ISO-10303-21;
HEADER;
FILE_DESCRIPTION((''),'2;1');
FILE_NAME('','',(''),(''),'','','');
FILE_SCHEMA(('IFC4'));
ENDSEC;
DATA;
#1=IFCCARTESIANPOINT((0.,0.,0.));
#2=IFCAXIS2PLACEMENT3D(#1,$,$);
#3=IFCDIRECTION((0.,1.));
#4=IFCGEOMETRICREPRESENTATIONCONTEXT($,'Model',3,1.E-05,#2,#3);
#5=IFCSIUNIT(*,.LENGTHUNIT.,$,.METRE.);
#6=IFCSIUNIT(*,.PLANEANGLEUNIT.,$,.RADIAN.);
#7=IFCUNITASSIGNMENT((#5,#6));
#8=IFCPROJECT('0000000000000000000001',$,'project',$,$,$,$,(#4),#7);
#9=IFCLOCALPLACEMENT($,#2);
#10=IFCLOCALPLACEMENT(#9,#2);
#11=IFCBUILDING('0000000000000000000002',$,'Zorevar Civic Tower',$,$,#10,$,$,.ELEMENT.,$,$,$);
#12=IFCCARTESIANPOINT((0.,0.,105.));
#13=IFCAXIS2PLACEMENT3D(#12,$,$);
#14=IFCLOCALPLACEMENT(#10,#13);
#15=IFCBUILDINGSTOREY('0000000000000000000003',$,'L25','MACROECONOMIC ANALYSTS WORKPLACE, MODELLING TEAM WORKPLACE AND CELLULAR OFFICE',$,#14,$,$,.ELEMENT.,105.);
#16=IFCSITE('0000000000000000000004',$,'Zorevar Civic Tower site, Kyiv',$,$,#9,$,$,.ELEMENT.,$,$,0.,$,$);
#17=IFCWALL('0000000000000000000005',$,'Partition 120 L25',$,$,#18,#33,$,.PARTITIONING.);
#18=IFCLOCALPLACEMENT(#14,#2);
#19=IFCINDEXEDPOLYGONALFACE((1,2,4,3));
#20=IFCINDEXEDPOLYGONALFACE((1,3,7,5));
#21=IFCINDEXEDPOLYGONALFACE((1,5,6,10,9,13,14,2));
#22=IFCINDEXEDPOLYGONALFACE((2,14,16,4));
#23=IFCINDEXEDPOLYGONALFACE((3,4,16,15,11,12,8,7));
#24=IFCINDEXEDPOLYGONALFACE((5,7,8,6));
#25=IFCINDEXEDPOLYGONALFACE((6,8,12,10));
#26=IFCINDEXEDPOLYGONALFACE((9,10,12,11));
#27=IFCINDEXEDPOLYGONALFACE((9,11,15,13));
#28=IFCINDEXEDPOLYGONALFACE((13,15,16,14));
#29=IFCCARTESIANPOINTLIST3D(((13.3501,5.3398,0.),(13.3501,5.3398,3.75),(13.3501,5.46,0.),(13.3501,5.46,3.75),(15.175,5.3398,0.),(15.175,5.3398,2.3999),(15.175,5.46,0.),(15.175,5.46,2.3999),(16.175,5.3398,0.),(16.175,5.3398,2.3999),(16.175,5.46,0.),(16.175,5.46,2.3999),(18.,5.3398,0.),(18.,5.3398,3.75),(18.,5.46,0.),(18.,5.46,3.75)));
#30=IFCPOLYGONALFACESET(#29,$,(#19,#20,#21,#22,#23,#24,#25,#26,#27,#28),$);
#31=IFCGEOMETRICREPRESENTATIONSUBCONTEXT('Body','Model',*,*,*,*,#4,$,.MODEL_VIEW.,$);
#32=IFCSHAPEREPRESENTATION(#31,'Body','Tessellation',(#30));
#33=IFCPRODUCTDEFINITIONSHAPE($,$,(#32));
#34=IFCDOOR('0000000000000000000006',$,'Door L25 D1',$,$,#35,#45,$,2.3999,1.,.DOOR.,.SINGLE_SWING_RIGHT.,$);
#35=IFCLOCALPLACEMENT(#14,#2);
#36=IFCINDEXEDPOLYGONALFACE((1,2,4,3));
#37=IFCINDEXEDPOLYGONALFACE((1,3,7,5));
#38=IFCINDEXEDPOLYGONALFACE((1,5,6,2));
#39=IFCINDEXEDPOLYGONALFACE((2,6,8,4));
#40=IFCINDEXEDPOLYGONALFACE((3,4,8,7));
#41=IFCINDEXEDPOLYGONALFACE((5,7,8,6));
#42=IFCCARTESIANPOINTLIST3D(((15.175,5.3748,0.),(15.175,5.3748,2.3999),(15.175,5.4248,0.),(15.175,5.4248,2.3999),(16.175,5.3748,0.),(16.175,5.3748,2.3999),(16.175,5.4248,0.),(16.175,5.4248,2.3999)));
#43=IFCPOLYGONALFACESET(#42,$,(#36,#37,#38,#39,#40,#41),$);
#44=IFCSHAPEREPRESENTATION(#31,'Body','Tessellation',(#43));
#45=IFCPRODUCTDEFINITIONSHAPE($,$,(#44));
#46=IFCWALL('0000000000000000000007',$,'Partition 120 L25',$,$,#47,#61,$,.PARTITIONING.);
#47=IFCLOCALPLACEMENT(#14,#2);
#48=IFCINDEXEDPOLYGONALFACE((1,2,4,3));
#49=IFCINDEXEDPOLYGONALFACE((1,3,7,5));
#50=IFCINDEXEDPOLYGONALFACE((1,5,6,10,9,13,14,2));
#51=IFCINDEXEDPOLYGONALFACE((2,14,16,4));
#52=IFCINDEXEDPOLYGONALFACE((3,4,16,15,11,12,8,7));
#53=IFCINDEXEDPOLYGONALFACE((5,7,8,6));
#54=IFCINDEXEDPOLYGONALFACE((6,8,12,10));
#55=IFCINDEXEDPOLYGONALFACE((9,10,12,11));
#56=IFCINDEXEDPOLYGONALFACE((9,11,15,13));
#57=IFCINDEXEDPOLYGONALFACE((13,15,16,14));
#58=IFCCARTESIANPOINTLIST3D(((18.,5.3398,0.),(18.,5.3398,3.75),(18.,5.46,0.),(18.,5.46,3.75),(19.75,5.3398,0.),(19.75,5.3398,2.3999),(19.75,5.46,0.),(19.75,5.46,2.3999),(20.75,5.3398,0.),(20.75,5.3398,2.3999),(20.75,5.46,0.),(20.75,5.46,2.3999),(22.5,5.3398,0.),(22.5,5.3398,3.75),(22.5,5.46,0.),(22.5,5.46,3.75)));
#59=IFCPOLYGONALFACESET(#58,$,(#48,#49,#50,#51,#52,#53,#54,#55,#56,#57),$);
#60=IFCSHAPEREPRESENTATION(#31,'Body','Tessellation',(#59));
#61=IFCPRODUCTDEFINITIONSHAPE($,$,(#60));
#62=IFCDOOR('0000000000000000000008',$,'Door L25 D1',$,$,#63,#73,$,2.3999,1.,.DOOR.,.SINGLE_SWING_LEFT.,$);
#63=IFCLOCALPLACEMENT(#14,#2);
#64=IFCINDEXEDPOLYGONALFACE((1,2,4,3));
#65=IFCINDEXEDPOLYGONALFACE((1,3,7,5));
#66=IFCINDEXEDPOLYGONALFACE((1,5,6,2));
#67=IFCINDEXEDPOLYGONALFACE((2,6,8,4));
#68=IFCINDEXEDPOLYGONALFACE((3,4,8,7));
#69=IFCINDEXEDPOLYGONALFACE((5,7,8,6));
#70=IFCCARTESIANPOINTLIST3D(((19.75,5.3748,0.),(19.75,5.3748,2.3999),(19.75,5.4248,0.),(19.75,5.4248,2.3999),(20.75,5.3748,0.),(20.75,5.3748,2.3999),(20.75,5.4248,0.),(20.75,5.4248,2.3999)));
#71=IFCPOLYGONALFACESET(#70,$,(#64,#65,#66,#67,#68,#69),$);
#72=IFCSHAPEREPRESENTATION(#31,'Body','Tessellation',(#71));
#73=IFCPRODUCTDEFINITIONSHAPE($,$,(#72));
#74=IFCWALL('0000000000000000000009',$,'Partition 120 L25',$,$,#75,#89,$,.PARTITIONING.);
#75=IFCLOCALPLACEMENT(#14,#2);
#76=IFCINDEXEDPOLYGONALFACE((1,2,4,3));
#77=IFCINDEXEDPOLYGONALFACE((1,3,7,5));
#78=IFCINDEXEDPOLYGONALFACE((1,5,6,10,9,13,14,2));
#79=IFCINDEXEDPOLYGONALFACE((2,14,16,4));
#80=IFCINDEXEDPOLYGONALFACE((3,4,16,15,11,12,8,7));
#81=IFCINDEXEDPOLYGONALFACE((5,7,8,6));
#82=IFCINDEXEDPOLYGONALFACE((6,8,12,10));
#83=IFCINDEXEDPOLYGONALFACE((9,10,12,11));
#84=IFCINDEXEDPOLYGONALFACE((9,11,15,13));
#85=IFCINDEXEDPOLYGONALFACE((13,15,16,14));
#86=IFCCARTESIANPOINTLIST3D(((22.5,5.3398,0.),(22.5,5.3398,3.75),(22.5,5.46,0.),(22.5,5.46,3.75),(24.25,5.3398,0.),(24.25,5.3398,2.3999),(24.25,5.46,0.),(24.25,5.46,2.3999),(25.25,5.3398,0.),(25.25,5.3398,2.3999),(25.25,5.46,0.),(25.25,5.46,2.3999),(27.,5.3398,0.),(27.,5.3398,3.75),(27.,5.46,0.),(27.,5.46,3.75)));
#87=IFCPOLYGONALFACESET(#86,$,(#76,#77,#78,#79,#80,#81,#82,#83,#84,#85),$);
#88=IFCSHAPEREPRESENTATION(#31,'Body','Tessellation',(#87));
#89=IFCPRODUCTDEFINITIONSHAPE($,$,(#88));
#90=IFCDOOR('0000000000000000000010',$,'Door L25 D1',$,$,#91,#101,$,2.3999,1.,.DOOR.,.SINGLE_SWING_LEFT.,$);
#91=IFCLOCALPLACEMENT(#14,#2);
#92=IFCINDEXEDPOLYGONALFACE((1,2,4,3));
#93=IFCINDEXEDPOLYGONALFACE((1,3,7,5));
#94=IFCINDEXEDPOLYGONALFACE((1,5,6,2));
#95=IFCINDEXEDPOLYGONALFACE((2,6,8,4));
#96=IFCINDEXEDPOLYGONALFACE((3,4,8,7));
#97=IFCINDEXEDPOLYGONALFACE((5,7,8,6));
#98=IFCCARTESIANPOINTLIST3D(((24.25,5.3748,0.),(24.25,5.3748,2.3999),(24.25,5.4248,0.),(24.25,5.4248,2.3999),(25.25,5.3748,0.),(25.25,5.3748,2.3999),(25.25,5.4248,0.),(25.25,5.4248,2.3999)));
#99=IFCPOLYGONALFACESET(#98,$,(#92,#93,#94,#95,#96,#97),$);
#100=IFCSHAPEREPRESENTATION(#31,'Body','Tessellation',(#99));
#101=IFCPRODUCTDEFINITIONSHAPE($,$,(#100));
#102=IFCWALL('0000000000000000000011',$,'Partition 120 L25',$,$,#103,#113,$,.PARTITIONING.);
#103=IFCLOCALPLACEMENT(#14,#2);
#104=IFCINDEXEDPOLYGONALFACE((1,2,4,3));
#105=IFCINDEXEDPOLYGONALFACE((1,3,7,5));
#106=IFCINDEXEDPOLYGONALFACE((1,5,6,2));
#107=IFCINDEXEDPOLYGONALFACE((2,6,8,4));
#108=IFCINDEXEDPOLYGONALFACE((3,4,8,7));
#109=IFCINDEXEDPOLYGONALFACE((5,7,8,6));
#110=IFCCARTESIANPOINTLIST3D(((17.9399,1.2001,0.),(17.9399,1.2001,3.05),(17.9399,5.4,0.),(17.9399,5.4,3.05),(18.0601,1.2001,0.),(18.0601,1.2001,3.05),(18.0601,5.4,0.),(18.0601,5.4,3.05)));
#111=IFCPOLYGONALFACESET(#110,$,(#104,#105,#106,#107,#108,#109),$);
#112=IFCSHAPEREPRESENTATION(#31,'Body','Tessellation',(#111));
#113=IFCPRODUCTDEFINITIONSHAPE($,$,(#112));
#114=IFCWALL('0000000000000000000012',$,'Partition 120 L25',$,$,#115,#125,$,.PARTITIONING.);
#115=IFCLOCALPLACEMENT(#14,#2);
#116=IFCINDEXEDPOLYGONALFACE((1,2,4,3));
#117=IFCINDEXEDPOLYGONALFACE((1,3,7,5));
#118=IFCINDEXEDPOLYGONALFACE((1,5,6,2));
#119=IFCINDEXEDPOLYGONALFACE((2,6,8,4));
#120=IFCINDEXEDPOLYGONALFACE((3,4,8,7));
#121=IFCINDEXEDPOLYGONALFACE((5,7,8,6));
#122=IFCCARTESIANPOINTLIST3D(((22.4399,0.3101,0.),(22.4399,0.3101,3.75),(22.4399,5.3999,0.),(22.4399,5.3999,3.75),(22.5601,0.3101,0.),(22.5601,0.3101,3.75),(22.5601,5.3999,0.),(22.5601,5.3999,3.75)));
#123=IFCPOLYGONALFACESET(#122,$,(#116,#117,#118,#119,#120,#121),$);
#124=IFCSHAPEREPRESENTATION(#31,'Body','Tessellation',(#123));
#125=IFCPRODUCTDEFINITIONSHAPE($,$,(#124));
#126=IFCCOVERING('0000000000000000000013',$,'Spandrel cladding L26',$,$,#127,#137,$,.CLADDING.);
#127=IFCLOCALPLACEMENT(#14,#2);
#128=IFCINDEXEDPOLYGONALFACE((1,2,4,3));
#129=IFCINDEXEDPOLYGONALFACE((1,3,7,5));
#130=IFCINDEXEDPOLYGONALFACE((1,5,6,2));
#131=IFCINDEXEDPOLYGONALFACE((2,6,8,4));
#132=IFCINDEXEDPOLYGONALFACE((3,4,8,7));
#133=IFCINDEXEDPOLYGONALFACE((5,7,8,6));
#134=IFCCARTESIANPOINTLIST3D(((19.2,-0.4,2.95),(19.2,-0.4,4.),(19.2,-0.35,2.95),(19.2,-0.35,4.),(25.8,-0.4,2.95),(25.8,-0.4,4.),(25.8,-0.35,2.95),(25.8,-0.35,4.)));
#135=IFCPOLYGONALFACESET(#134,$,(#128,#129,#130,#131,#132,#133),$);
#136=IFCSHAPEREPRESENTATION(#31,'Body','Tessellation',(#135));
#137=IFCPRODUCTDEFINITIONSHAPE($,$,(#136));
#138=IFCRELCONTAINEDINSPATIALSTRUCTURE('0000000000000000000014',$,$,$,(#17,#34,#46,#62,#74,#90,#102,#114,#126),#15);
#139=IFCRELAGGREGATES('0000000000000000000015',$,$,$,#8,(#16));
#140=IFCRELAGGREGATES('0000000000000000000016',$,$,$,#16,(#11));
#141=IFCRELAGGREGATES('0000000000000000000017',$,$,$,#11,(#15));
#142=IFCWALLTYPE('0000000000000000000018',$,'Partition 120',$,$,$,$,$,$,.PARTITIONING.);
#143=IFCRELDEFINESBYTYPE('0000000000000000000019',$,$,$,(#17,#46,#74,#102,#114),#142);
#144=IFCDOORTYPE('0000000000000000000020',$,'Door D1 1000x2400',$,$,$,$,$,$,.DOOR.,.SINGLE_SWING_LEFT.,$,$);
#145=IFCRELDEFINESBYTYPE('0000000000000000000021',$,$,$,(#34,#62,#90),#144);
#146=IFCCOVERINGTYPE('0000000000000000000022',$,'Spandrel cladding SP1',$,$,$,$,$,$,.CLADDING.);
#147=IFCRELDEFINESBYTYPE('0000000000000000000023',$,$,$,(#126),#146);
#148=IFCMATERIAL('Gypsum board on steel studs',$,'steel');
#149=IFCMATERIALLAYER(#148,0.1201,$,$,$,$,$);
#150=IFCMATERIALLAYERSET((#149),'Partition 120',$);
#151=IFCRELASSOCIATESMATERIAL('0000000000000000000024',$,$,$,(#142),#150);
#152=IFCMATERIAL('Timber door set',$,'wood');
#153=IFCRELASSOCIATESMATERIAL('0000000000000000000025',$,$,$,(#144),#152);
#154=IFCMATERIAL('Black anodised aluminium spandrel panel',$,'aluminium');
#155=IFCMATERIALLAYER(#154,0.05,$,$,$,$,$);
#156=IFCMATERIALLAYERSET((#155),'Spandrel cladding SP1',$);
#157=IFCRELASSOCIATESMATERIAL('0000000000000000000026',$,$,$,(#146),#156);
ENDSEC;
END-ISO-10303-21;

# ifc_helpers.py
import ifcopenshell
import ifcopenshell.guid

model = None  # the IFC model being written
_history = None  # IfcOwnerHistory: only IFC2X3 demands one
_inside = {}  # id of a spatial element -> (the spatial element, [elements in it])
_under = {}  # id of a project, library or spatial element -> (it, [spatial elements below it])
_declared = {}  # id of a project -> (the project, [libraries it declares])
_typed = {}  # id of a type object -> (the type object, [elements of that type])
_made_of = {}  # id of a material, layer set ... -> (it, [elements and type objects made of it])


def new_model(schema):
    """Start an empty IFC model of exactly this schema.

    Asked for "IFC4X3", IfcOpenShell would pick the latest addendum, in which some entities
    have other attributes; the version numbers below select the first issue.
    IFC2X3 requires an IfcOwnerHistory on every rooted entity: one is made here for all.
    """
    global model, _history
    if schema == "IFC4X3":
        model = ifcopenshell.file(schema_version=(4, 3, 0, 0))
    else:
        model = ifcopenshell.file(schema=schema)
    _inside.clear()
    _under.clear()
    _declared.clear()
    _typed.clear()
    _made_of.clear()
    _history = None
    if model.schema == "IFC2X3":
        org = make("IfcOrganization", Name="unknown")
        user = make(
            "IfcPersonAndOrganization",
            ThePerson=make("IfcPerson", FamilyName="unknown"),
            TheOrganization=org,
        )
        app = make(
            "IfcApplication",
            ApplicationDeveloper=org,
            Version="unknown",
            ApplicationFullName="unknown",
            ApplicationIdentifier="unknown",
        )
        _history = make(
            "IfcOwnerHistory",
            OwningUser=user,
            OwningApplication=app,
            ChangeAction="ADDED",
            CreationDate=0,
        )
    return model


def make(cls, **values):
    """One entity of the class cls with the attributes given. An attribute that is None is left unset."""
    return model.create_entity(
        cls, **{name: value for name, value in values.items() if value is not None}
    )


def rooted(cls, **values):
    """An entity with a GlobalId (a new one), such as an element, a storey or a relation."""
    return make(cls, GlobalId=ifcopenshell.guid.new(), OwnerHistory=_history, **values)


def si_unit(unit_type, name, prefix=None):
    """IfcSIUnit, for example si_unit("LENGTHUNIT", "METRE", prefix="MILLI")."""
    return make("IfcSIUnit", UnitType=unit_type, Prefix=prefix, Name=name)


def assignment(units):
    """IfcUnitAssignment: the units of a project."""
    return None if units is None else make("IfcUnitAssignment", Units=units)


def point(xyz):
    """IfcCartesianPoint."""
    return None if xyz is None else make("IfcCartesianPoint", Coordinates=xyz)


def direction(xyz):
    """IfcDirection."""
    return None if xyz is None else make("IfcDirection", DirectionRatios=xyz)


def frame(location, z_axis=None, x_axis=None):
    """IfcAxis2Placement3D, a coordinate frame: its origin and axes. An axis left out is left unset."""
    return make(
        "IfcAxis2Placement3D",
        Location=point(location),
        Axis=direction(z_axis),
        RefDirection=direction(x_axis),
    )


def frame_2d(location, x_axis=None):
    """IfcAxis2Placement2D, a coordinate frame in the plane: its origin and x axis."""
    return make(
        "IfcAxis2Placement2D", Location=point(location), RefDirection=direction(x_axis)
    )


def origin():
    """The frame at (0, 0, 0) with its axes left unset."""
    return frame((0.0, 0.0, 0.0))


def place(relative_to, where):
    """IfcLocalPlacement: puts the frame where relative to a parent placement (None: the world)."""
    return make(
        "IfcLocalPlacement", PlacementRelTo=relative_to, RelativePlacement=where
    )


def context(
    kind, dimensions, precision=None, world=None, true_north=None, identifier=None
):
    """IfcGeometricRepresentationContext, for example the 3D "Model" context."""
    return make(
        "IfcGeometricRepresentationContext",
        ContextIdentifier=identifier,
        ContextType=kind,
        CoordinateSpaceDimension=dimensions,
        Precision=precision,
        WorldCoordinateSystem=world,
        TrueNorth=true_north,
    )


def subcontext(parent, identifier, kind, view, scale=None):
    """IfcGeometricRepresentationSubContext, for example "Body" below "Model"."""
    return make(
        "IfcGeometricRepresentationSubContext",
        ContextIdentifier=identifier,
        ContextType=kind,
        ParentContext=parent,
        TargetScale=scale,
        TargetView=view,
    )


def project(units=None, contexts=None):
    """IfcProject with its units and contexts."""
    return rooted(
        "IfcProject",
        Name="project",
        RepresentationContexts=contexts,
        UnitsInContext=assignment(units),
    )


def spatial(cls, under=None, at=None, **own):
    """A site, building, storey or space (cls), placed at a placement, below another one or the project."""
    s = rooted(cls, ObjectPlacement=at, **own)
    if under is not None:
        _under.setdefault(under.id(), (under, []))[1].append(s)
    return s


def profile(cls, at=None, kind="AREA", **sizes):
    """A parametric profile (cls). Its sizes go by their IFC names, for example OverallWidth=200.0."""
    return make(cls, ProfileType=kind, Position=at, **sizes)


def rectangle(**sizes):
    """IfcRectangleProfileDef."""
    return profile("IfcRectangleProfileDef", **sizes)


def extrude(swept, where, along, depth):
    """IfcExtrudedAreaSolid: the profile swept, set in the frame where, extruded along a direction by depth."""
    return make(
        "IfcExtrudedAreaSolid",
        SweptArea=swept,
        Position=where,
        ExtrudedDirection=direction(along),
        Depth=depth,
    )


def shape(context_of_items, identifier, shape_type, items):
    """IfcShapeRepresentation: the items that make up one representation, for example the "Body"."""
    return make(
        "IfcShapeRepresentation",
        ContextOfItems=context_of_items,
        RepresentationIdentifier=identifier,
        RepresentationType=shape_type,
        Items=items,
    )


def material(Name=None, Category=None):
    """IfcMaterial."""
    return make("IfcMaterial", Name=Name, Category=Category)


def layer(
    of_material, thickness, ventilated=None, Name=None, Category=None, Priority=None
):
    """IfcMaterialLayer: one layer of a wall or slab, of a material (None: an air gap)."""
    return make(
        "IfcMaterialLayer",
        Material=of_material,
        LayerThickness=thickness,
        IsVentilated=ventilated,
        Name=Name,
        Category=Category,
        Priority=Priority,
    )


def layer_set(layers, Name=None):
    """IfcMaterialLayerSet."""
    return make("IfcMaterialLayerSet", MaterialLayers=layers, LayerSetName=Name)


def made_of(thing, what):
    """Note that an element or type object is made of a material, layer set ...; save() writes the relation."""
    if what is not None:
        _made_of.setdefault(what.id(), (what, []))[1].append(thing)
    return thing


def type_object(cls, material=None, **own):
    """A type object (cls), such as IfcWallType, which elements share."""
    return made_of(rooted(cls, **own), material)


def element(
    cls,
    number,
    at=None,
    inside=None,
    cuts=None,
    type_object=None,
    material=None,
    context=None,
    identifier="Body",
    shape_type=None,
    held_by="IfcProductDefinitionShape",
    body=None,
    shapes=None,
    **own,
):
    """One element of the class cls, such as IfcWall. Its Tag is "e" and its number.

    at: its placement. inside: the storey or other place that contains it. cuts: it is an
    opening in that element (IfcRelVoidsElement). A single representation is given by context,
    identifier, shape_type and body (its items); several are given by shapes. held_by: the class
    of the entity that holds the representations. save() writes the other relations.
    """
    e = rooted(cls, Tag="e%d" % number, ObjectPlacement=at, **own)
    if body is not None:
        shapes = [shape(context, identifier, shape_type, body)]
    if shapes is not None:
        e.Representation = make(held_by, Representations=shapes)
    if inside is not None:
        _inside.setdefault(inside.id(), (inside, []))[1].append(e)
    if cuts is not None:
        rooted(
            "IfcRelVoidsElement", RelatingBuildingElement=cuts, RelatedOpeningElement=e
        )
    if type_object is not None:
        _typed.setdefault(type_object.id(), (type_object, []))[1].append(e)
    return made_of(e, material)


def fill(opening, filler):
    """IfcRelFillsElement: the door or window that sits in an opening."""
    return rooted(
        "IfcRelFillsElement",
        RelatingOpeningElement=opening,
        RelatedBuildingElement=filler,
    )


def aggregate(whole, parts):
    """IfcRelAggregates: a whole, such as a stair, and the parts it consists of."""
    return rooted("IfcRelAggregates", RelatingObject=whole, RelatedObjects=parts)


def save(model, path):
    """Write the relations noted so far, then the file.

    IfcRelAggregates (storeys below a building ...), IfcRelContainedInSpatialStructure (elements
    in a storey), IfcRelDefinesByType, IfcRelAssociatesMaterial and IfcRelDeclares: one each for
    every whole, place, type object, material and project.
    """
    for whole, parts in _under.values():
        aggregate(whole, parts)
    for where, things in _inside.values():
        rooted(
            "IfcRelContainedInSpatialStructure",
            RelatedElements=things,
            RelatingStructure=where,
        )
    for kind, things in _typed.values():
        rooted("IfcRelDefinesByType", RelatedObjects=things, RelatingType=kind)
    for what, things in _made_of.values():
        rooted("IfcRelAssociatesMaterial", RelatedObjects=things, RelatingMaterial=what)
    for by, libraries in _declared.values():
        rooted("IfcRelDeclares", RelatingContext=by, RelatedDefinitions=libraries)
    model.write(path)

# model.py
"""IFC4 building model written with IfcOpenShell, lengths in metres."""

from ifc_helpers import new_model, si_unit, direction, frame, frame_2d, origin, place, context, subcontext, project, spatial, rectangle, extrude, material, layer, layer_set, type_object, element, fill, save


model = new_model("IFC4")

# Units and contexts
model_context = context("Model", 3, precision=1e-05, world=origin(), true_north=direction((0.0, 1.0)))
body_context = subcontext(model_context, "Body", "Model", "MODEL_VIEW")
ifc_project = project(units=[si_unit("LENGTHUNIT", "METRE"), si_unit("PLANEANGLEUNIT", "RADIAN")], contexts=[model_context])

# Site, building, storey
site_placement = place(None, origin())
site = spatial("IfcSite", under=ifc_project, at=site_placement, Name="Zorevar Civic Tower site, Kyiv", CompositionType="ELEMENT", RefElevation=0.0)
building_placement = place(site_placement, origin())
building = spatial("IfcBuilding", under=site, at=building_placement, Name="Zorevar Civic Tower", CompositionType="ELEMENT")
storey_placement = place(building_placement, frame((0.0, 0.0, 105.0)))
storey = spatial("IfcBuildingStorey", under=building, at=storey_placement, Name="L25", Description="MACROECONOMIC ANALYSTS WORKPLACE, MODELLING TEAM WORKPLACE AND CELLULAR OFFICE", CompositionType="ELEMENT", Elevation=105.0)

# Walls, openings, doors
ifc_material_1 = material(Name="Gypsum board on steel studs", Category="steel")
ifc_layer_1 = layer(ifc_material_1, 0.1201)
ifc_layer_set_1 = layer_set([ifc_layer_1], Name="Partition 120")
wall_type_1 = type_object("IfcWallType", Name="Partition 120", PredefinedType="PARTITIONING", material=ifc_layer_set_1)
wall_1_placement = place(storey_placement, frame((13.3501, 5.3999, 0.0), z_axis=(0.0, 0.0, 1.0), x_axis=(1.0, 0.0, 0.0)))
wall_1 = element("IfcWall", 1, at=wall_1_placement, inside=storey, type_object=wall_type_1, Name="Partition 120 L25", PredefinedType="PARTITIONING", context=body_context, shape_type="SweptSolid", body=[
    extrude(rectangle(XDim=4.6499, YDim=0.1201, at=frame_2d((2.325, 0.0))), origin(), (0.0, 0.0, 1.0), 3.75),
])
opening_1_placement = place(wall_1_placement, frame((1.825, 0.0, 0.0)))
opening_1 = element("IfcOpeningElement", 2, at=opening_1_placement, cuts=wall_1, PredefinedType="OPENING", context=body_context, shape_type="SweptSolid", body=[
    extrude(rectangle(XDim=1.0, YDim=2.3999, at=frame_2d((0.5, 1.2))), frame((0.0, 0.0701, 0.0), z_axis=(0.0, -1.0, 0.0), x_axis=(1.0, 0.0, 0.0)), (0.0, 0.0, 1.0), 0.1401),
])
ifc_material_2 = material(Name="Timber door set", Category="wood")
door_type_1 = type_object("IfcDoorType", Name="Door D1 1000x2400", OperationType="SINGLE_SWING_LEFT", PredefinedType="DOOR", material=ifc_material_2)
door_1_placement = place(opening_1_placement, origin())
door_1 = element("IfcDoor", 3, at=door_1_placement, inside=storey, type_object=door_type_1, Name="Door L25 D1", OperationType="SINGLE_SWING_RIGHT", OverallHeight=2.3999, OverallWidth=1.0, PredefinedType="DOOR", context=body_context, shape_type="SweptSolid", body=[
    extrude(rectangle(XDim=1.0, YDim=2.3999, at=frame_2d((0.5, 1.2))), frame((0.0, 0.0249, 0.0), z_axis=(0.0, -1.0, 0.0), x_axis=(1.0, 0.0, 0.0)), (0.0, 0.0, 1.0), 0.05),
])
fill(opening_1, door_1)
wall_2_placement = place(storey_placement, frame((18.0, 5.3999, 0.0), z_axis=(0.0, 0.0, 1.0), x_axis=(1.0, 0.0, 0.0)))
wall_2 = element("IfcWall", 4, at=wall_2_placement, inside=storey, type_object=wall_type_1, Name="Partition 120 L25", PredefinedType="PARTITIONING", context=body_context, shape_type="SweptSolid", body=[
    extrude(rectangle(XDim=4.5, YDim=0.1201, at=frame_2d((2.25, 0.0))), origin(), (0.0, 0.0, 1.0), 3.75),
])
opening_2_placement = place(wall_2_placement, frame((1.75, 0.0, 0.0)))
opening_2 = element("IfcOpeningElement", 5, at=opening_2_placement, cuts=wall_2, PredefinedType="OPENING", context=body_context, shape_type="SweptSolid", body=[
    extrude(rectangle(XDim=1.0, YDim=2.3999, at=frame_2d((0.5, 1.2))), frame((0.0, 0.0701, 0.0), z_axis=(0.0, -1.0, 0.0), x_axis=(1.0, 0.0, 0.0)), (0.0, 0.0, 1.0), 0.1401),
])
door_2_placement = place(opening_2_placement, origin())
door_2 = element("IfcDoor", 6, at=door_2_placement, inside=storey, type_object=door_type_1, Name="Door L25 D1", OperationType="SINGLE_SWING_LEFT", OverallHeight=2.3999, OverallWidth=1.0, PredefinedType="DOOR", context=body_context, shape_type="SweptSolid", body=[
    extrude(rectangle(XDim=1.0, YDim=2.3999, at=frame_2d((0.5, 1.2))), frame((0.0, 0.0249, 0.0), z_axis=(0.0, -1.0, 0.0), x_axis=(1.0, 0.0, 0.0)), (0.0, 0.0, 1.0), 0.05),
])
fill(opening_2, door_2)
wall_3_placement = place(storey_placement, frame((22.5, 5.3999, 0.0), z_axis=(0.0, 0.0, 1.0), x_axis=(1.0, 0.0, 0.0)))
wall_3 = element("IfcWall", 7, at=wall_3_placement, inside=storey, type_object=wall_type_1, Name="Partition 120 L25", PredefinedType="PARTITIONING", context=body_context, shape_type="SweptSolid", body=[
    extrude(rectangle(XDim=4.5, YDim=0.1201, at=frame_2d((2.25, 0.0))), origin(), (0.0, 0.0, 1.0), 3.75),
])
opening_3_placement = place(wall_3_placement, frame((1.75, 0.0, 0.0)))
opening_3 = element("IfcOpeningElement", 8, at=opening_3_placement, cuts=wall_3, PredefinedType="OPENING", context=body_context, shape_type="SweptSolid", body=[
    extrude(rectangle(XDim=1.0, YDim=2.3999, at=frame_2d((0.5, 1.2))), frame((0.0, 0.0701, 0.0), z_axis=(0.0, -1.0, 0.0), x_axis=(1.0, 0.0, 0.0)), (0.0, 0.0, 1.0), 0.1401),
])
door_3_placement = place(opening_3_placement, origin())
door_3 = element("IfcDoor", 9, at=door_3_placement, inside=storey, type_object=door_type_1, Name="Door L25 D1", OperationType="SINGLE_SWING_LEFT", OverallHeight=2.3999, OverallWidth=1.0, PredefinedType="DOOR", context=body_context, shape_type="SweptSolid", body=[
    extrude(rectangle(XDim=1.0, YDim=2.3999, at=frame_2d((0.5, 1.2))), frame((0.0, 0.0249, 0.0), z_axis=(0.0, -1.0, 0.0), x_axis=(1.0, 0.0, 0.0)), (0.0, 0.0, 1.0), 0.05),
])
fill(opening_3, door_3)

# Walls
wall_4_placement = place(storey_placement, frame((18.0, 1.2, 0.0), z_axis=(0.0, 0.0, 1.0), x_axis=(0.0, 1.0, 0.0)))
element("IfcWall", 10, at=wall_4_placement, inside=storey, type_object=wall_type_1, Name="Partition 120 L25", PredefinedType="PARTITIONING", context=body_context, shape_type="SweptSolid", body=[
    extrude(rectangle(XDim=4.2, YDim=0.1201, at=frame_2d((2.1001, 0.0))), origin(), (0.0, 0.0, 1.0), 3.05),
])
wall_5_placement = place(storey_placement, frame((22.5, 0.3101, 0.0), z_axis=(0.0, 0.0, 1.0), x_axis=(0.0, 1.0, 0.0)))
element("IfcWall", 11, at=wall_5_placement, inside=storey, type_object=wall_type_1, Name="Partition 120 L25", PredefinedType="PARTITIONING", context=body_context, shape_type="SweptSolid", body=[
    extrude(rectangle(XDim=5.0898, YDim=0.1201, at=frame_2d((2.5449, 0.0))), origin(), (0.0, 0.0, 1.0), 3.75),
])

# Covering
ifc_material_3 = material(Name="Black anodised aluminium spandrel panel", Category="aluminium")
ifc_layer_2 = layer(ifc_material_3, 0.05)
ifc_layer_set_2 = layer_set([ifc_layer_2], Name="Spandrel cladding SP1")
covering_type = type_object("IfcCoveringType", Name="Spandrel cladding SP1", PredefinedType="CLADDING", material=ifc_layer_set_2)
covering_placement = place(storey_placement, frame((19.2, -0.375, 2.95), z_axis=(0.0, 0.0, 1.0), x_axis=(1.0, 0.0, 0.0)))
element("IfcCovering", 12, at=covering_placement, inside=storey, type_object=covering_type, Name="Spandrel cladding L26", PredefinedType="CLADDING", context=body_context, shape_type="SweptSolid", body=[
    extrude(rectangle(XDim=6.6001, YDim=0.05, at=frame_2d((3.3, 0.0))), origin(), (0.0, 0.0, 1.0), 1.05),
])

save(model, "model.ifc")
